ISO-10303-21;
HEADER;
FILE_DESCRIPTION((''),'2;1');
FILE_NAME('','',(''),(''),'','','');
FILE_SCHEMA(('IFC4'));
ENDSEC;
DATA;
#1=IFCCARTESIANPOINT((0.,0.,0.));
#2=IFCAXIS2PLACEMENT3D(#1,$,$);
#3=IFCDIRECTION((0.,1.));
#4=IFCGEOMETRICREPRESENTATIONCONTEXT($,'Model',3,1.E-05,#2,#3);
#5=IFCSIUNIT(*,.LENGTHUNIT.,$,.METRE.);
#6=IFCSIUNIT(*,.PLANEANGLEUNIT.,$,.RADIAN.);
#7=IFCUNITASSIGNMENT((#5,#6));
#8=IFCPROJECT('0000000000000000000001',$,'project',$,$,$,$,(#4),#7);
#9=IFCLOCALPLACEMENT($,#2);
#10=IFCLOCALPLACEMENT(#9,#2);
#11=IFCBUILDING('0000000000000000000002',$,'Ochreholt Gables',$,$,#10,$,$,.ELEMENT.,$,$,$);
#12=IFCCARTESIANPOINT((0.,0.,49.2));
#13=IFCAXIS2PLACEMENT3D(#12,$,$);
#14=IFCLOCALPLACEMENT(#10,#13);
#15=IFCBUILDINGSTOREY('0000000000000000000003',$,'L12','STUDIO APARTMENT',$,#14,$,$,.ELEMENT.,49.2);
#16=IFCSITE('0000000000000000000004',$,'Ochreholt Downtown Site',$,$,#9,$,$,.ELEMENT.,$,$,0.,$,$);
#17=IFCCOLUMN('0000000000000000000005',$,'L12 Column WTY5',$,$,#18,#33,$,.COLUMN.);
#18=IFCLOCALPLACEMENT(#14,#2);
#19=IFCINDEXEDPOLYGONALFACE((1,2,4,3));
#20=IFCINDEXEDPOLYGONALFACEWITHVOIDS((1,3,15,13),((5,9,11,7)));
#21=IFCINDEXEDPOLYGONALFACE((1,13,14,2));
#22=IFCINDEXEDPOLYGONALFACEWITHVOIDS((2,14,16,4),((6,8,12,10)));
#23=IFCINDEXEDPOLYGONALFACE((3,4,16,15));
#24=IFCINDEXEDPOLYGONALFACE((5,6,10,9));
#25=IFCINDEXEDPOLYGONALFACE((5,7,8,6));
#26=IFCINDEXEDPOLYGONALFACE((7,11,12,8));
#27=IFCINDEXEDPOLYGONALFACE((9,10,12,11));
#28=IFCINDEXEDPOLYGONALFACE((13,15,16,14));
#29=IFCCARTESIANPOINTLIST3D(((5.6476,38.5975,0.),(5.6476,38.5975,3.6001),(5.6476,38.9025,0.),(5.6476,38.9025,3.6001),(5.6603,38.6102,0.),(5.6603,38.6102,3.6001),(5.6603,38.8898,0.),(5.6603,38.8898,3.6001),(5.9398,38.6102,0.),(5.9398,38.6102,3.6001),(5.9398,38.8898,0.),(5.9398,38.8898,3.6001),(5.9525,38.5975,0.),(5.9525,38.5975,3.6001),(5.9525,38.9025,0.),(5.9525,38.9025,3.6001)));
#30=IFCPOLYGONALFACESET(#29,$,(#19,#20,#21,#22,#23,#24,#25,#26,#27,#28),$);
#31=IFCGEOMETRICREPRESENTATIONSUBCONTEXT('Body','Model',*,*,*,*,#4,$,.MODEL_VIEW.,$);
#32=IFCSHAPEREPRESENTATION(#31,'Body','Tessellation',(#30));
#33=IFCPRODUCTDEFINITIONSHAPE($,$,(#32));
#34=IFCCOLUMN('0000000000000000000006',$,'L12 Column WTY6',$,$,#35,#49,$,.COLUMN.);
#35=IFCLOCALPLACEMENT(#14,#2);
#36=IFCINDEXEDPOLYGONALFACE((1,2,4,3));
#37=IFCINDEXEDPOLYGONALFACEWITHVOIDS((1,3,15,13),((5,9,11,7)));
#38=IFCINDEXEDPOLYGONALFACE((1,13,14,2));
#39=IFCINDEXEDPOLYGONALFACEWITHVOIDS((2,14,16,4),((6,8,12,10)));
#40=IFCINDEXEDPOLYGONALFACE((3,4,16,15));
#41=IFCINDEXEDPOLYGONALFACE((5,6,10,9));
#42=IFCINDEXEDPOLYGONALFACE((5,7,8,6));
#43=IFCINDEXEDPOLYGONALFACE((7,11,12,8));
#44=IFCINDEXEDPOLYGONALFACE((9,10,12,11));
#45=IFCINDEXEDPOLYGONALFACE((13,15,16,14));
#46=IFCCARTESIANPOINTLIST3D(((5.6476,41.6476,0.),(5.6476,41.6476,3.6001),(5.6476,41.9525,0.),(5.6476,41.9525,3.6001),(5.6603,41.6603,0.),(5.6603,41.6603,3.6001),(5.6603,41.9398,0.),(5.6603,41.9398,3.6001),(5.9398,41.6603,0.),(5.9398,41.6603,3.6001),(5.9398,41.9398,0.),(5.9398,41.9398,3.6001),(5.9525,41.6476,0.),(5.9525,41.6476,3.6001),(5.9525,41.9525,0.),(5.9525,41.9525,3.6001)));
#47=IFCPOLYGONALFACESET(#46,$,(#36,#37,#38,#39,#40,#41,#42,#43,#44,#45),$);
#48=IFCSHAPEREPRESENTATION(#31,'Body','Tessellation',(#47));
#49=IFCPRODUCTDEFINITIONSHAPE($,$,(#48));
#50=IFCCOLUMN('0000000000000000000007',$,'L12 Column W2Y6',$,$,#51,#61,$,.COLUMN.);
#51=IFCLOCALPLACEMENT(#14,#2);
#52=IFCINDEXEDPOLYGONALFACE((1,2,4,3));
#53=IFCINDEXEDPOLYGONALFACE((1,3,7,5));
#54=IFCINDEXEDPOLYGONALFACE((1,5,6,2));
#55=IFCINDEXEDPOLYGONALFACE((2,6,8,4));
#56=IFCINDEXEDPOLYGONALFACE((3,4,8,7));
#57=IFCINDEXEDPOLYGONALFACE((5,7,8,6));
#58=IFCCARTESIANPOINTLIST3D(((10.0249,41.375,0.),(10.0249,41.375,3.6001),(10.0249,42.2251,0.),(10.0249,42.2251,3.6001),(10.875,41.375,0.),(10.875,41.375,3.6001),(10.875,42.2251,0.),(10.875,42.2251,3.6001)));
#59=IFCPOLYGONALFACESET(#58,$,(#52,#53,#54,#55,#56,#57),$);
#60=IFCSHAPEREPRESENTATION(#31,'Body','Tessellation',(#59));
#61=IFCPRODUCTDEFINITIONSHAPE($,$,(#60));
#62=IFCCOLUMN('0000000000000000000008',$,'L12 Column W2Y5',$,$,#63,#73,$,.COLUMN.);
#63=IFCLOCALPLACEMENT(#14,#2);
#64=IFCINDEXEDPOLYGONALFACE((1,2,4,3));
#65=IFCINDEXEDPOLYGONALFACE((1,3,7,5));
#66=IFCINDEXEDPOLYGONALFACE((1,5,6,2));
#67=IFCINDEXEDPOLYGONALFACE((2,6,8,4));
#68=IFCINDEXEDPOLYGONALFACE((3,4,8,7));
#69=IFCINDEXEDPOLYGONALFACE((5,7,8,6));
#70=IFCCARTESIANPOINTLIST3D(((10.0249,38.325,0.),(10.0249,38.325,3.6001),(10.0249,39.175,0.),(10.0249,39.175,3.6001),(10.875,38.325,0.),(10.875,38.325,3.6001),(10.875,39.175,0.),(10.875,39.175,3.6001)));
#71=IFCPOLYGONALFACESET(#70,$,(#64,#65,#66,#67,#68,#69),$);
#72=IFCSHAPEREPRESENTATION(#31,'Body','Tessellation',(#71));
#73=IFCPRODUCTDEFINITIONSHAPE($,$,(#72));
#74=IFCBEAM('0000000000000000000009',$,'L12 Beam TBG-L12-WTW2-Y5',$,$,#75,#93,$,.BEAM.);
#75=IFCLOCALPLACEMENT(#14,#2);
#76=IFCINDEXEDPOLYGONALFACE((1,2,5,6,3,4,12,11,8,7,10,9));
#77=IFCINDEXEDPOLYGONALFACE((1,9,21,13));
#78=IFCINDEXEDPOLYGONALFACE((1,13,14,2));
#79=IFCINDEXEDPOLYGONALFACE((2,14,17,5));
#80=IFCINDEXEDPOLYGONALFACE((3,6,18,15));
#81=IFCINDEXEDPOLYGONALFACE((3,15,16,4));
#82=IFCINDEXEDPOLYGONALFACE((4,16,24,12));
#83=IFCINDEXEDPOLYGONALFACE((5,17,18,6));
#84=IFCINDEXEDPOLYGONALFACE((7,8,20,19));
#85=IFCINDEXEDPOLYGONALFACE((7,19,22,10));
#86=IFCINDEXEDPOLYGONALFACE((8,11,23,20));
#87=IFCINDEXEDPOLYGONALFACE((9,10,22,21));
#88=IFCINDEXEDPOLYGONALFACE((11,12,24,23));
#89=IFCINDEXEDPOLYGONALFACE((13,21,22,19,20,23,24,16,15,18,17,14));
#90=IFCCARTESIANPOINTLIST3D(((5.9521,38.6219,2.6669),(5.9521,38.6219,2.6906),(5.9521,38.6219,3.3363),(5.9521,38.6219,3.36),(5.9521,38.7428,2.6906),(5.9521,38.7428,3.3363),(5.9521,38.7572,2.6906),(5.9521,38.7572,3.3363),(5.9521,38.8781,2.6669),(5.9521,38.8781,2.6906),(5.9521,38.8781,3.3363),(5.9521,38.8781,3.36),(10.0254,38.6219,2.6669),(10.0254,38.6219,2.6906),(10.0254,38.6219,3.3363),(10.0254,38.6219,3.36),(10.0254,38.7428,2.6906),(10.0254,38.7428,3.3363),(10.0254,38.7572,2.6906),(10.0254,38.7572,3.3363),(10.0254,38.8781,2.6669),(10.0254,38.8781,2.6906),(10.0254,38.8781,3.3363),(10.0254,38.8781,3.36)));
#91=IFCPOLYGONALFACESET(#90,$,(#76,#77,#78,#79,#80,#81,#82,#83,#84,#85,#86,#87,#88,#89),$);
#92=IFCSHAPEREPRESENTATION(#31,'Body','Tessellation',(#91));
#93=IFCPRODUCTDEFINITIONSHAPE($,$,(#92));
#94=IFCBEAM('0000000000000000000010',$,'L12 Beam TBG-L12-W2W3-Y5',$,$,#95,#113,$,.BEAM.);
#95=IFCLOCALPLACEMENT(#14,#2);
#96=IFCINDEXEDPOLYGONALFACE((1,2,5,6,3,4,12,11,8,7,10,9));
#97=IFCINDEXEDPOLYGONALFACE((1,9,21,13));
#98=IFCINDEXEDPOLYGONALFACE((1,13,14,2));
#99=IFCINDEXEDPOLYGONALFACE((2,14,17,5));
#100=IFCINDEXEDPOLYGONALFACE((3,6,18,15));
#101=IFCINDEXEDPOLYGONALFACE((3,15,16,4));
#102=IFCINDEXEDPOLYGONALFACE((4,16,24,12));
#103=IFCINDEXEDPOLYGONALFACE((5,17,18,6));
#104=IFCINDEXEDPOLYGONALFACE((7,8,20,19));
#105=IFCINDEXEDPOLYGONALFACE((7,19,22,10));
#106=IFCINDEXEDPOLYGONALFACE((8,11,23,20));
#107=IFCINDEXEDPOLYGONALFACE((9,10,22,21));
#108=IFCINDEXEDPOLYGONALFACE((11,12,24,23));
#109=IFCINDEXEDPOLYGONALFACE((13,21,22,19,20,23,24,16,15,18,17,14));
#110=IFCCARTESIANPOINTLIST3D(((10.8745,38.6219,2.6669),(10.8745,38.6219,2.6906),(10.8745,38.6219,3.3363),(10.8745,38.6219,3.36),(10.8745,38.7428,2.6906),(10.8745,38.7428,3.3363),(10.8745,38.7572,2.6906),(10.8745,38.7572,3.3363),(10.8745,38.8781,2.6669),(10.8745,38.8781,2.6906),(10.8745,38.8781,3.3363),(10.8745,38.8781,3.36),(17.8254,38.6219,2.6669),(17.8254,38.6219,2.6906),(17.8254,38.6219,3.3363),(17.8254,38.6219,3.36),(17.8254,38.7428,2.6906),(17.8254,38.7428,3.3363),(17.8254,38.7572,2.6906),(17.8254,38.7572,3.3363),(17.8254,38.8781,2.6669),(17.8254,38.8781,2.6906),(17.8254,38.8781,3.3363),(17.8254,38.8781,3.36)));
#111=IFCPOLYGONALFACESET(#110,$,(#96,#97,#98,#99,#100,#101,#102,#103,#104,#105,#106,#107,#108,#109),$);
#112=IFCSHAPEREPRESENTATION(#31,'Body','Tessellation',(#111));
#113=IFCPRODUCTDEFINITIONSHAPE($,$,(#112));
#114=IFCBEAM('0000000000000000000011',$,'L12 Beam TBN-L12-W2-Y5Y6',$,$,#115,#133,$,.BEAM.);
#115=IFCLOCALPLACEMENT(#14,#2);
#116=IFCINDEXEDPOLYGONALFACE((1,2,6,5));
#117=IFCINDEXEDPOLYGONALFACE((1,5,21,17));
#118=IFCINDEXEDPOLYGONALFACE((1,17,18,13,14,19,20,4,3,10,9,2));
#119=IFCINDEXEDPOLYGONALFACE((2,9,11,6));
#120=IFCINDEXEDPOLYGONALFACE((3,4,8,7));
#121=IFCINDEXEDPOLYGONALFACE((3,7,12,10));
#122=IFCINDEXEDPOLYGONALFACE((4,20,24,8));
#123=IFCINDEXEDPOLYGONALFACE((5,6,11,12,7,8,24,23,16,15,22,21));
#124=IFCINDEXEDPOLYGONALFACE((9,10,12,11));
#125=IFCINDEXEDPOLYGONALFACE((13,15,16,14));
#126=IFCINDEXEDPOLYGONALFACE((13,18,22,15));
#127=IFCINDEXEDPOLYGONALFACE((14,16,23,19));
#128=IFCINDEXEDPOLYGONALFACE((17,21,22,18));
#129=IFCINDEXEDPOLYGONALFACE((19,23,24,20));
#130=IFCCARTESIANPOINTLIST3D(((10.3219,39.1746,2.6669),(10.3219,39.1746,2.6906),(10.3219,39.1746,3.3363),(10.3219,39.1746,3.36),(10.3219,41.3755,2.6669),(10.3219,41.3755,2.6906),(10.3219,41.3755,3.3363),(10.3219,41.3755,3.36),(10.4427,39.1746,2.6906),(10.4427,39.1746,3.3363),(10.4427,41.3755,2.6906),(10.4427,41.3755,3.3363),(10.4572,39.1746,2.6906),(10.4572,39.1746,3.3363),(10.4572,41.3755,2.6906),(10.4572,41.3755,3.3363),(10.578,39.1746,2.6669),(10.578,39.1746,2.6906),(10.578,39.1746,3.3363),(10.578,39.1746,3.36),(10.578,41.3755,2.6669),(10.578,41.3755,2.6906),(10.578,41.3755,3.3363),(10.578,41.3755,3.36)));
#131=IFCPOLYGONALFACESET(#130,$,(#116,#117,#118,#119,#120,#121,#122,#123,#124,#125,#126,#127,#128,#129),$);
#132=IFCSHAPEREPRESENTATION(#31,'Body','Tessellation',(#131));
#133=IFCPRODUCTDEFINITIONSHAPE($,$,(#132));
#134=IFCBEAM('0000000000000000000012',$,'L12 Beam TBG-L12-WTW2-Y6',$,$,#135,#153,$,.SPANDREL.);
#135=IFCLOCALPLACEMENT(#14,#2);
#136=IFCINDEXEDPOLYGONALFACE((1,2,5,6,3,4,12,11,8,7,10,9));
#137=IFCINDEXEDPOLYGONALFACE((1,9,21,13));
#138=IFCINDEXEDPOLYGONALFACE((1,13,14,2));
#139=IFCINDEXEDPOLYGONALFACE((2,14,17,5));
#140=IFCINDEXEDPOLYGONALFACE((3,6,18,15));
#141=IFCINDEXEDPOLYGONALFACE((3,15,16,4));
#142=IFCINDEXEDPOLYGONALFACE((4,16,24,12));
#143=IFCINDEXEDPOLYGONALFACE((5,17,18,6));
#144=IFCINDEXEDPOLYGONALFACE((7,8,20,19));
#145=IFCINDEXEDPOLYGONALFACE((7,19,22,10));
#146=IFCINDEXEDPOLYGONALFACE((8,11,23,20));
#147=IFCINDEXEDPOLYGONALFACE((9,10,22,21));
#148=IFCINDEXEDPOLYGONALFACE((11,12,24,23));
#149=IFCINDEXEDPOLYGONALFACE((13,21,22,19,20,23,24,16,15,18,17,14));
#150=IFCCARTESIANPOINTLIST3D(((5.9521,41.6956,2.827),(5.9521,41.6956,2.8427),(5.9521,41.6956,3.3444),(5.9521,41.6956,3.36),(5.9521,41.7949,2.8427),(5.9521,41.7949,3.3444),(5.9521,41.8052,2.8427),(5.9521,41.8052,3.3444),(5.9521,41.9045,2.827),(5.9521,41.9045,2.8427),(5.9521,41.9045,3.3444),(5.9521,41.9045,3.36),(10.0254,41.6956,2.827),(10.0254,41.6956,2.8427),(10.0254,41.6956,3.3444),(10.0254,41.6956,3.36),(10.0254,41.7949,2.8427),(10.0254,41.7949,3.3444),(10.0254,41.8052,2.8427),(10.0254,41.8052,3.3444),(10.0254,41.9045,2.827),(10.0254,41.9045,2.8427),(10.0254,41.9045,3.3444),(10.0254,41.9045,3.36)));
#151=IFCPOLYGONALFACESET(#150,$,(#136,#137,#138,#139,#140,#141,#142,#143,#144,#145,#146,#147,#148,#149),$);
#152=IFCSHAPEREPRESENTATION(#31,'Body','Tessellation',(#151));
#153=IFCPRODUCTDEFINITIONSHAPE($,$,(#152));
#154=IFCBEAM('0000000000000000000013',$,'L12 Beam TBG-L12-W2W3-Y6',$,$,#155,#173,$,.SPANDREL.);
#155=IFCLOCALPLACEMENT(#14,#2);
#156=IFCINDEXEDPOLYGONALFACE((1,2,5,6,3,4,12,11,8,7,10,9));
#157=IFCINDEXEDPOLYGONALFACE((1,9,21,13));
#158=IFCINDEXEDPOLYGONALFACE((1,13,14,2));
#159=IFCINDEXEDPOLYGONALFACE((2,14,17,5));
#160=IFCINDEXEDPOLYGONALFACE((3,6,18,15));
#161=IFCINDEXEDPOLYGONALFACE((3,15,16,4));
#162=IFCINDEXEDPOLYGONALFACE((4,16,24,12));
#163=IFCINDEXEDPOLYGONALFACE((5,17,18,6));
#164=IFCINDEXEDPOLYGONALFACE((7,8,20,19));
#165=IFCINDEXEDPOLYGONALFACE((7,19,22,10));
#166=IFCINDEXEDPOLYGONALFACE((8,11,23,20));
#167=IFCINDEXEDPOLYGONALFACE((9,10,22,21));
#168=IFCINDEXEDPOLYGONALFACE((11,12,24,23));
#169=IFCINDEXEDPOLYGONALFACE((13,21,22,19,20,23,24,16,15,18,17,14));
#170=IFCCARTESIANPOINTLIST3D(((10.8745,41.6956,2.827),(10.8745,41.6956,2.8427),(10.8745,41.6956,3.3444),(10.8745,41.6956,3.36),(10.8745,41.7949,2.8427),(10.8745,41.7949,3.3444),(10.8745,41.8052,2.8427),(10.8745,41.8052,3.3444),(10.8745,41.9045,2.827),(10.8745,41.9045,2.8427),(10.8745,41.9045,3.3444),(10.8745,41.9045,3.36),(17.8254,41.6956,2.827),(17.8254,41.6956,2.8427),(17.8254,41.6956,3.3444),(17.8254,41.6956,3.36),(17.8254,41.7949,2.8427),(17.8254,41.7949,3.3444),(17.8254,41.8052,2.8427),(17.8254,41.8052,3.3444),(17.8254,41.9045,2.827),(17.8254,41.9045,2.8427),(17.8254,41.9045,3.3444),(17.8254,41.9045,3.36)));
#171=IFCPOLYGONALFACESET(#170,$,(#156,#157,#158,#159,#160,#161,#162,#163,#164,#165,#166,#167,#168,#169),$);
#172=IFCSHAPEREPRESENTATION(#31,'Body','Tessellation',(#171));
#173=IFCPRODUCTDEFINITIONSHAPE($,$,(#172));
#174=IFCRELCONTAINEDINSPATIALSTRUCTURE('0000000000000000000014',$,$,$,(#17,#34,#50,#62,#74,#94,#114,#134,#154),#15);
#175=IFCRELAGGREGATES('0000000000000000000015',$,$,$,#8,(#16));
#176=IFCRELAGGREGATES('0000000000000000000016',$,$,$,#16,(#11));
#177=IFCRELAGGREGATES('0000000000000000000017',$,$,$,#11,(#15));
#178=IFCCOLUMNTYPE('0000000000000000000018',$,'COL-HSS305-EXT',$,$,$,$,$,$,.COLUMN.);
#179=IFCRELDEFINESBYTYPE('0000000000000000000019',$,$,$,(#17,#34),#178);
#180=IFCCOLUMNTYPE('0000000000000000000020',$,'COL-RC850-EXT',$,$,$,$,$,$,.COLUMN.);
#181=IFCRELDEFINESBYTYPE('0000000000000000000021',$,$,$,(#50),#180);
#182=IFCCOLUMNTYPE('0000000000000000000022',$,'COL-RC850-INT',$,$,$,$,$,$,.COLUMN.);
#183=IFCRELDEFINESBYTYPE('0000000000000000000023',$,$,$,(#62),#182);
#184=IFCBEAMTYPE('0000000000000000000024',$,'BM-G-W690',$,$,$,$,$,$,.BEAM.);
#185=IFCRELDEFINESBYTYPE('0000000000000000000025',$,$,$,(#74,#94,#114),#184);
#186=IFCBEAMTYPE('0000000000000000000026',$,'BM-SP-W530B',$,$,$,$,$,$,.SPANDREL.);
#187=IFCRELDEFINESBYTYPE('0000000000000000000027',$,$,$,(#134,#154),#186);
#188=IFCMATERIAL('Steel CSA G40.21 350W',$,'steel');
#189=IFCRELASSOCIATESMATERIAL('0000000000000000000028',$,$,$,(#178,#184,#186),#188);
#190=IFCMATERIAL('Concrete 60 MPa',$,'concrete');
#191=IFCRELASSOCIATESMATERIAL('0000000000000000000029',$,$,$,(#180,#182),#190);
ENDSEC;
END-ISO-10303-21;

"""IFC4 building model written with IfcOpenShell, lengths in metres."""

from ifc_helpers import new_model, si_unit, direction, frame, origin, origin_2d, place, context, subcontext, project, spatial, rectangle, hollow_rectangle, i_section, extrude, material, material_profile, profile_set, type_object, element, save


model = new_model("IFC4")

# Units and contexts
model_context = context("Model", 3, precision=1e-05, world=origin(), true_north=direction((0.0, 1.0)))
body_context = subcontext(model_context, "Body", "Model", "MODEL_VIEW")
ifc_project = project(units=[si_unit("LENGTHUNIT", "METRE"), si_unit("PLANEANGLEUNIT", "RADIAN")], contexts=[model_context])

# Site, building, storey
site_placement = place(None, origin())
site = spatial("IfcSite", under=ifc_project, at=site_placement, Name="Ochreholt Downtown Site", CompositionType="ELEMENT", RefElevation=0.0)
building_placement = place(site_placement, origin())
building = spatial("IfcBuilding", under=site, at=building_placement, Name="Ochreholt Gables", CompositionType="ELEMENT")
storey_placement = place(building_placement, frame((0.0, 0.0, 49.2)))
storey = spatial("IfcBuildingStorey", under=building, at=storey_placement, Name="L12", Description="STUDIO APARTMENT", CompositionType="ELEMENT", Elevation=49.2)

# Columns
ifc_material_1 = material(Name="Steel CSA G40.21 350W", Category="steel")
ifc_material_profile_1 = material_profile(ifc_material_1, hollow_rectangle(XDim=0.3049, YDim=0.3049, WallThickness=0.0127, at=origin_2d()), Name="HSS305X305X13")
ifc_profile_set_1 = profile_set([ifc_material_profile_1], Name="Steel CSA G40.21 350W")
column_type_1 = type_object("IfcColumnType", Name="COL-HSS305-EXT", PredefinedType="COLUMN", material=ifc_profile_set_1)
for number, where, z_axis, x_axis, name in (
    (1, (5.8, 38.75, 0.0), (0.0, 0.0, 1.0), (1.0, 0.0, 0.0), "L12 Column WTY5"),
    (2, (5.8, 41.8, 0.0), (0.0, 0.0, 1.0), (1.0, 0.0, 0.0), "L12 Column WTY6"),
):
    element("IfcColumn", number, at=place(storey_placement, frame(where, z_axis=z_axis, x_axis=x_axis)), inside=storey, type_object=column_type_1, Name=name, PredefinedType="COLUMN", context=body_context, shape_type="SweptSolid", body=[
        extrude(hollow_rectangle(XDim=0.3049, YDim=0.3049, WallThickness=0.0127, at=origin_2d()), origin(), (0.0, 0.0, 1.0), 3.6001),
    ])
ifc_material_2 = material(Name="Concrete 60 MPa", Category="concrete")
ifc_material_profile_2 = material_profile(ifc_material_2, rectangle(XDim=0.8501, YDim=0.8501, at=origin_2d()), Name="RC850X850")
ifc_profile_set_2 = profile_set([ifc_material_profile_2], Name="Concrete 60 MPa")
column_type_2 = type_object("IfcColumnType", Name="COL-RC850-EXT", PredefinedType="COLUMN", material=ifc_profile_set_2)
column_1_placement = place(storey_placement, frame((10.45, 41.8, 0.0), z_axis=(0.0, 0.0, 1.0), x_axis=(1.0, 0.0, 0.0)))
element("IfcColumn", 3, at=column_1_placement, inside=storey, type_object=column_type_2, Name="L12 Column W2Y6", PredefinedType="COLUMN", context=body_context, shape_type="SweptSolid", body=[
    extrude(rectangle(XDim=0.8501, YDim=0.8501, at=origin_2d()), origin(), (0.0, 0.0, 1.0), 3.6001),
])
ifc_material_profile_3 = material_profile(ifc_material_2, rectangle(XDim=0.8501, YDim=0.8501, at=origin_2d()), Name="RC850X850")
ifc_profile_set_3 = profile_set([ifc_material_profile_3], Name="Concrete 60 MPa")
column_type_3 = type_object("IfcColumnType", Name="COL-RC850-INT", PredefinedType="COLUMN", material=ifc_profile_set_3)
column_2_placement = place(storey_placement, frame((10.45, 38.75, 0.0), z_axis=(0.0, 0.0, 1.0), x_axis=(1.0, 0.0, 0.0)))
element("IfcColumn", 4, at=column_2_placement, inside=storey, type_object=column_type_3, Name="L12 Column W2Y5", PredefinedType="COLUMN", context=body_context, shape_type="SweptSolid", body=[
    extrude(rectangle(XDim=0.8501, YDim=0.8501, at=origin_2d()), origin(), (0.0, 0.0, 1.0), 3.6001),
])

# Beams
ifc_material_profile_4 = material_profile(ifc_material_1, i_section(OverallWidth=0.2561, OverallDepth=0.6931, WebThickness=0.0144, FlangeThickness=0.0237, at=origin_2d()), Name="W690X170")
ifc_profile_set_4 = profile_set([ifc_material_profile_4], Name="Steel CSA G40.21 350W")
beam_type_1 = type_object("IfcBeamType", Name="BM-G-W690", PredefinedType="BEAM", material=ifc_profile_set_4)
beam_1_placement = place(storey_placement, frame((5.9521, 38.75, 3.0134), z_axis=(1.0, 0.0, 0.0), x_axis=(0.0, 1.0, 0.0)))
element("IfcBeam", 5, at=beam_1_placement, inside=storey, type_object=beam_type_1, Name="L12 Beam TBG-L12-WTW2-Y5", PredefinedType="BEAM", context=body_context, shape_type="SweptSolid", body=[
    extrude(i_section(OverallWidth=0.2561, OverallDepth=0.6931, WebThickness=0.0144, FlangeThickness=0.0237, at=origin_2d()), origin(), (0.0, 0.0, 1.0), 4.0732),
])
beam_2_placement = place(storey_placement, frame((10.8745, 38.75, 3.0134), z_axis=(1.0, 0.0, 0.0), x_axis=(0.0, 1.0, 0.0)))
element("IfcBeam", 6, at=beam_2_placement, inside=storey, type_object=beam_type_1, Name="L12 Beam TBG-L12-W2W3-Y5", PredefinedType="BEAM", context=body_context, shape_type="SweptSolid", body=[
    extrude(i_section(OverallWidth=0.2561, OverallDepth=0.6931, WebThickness=0.0144, FlangeThickness=0.0237, at=origin_2d()), origin(), (0.0, 0.0, 1.0), 6.9509),
])
beam_3_placement = place(storey_placement, frame((10.45, 39.1746, 3.0134), z_axis=(0.0, 1.0, 0.0), x_axis=(-1.0, 0.0, 0.0)))
element("IfcBeam", 7, at=beam_3_placement, inside=storey, type_object=beam_type_1, Name="L12 Beam TBN-L12-W2-Y5Y6", PredefinedType="BEAM", context=body_context, shape_type="SweptSolid", body=[
    extrude(i_section(OverallWidth=0.2561, OverallDepth=0.6931, WebThickness=0.0144, FlangeThickness=0.0237, at=origin_2d()), origin(), (0.0, 0.0, 1.0), 2.2009),
])
ifc_material_profile_5 = material_profile(ifc_material_1, i_section(OverallWidth=0.209, OverallDepth=0.533, WebThickness=0.0103, FlangeThickness=0.0156, at=origin_2d()), Name="W530X92")
ifc_profile_set_5 = profile_set([ifc_material_profile_5], Name="Steel CSA G40.21 350W")
beam_type_2 = type_object("IfcBeamType", Name="BM-SP-W530B", PredefinedType="SPANDREL", material=ifc_profile_set_5)
beam_4_placement = place(storey_placement, frame((5.9521, 41.8, 3.0935), z_axis=(1.0, 0.0, 0.0), x_axis=(0.0, 1.0, 0.0)))
element("IfcBeam", 8, at=beam_4_placement, inside=storey, type_object=beam_type_2, Name="L12 Beam TBG-L12-WTW2-Y6", PredefinedType="SPANDREL", context=body_context, shape_type="SweptSolid", body=[
    extrude(i_section(OverallWidth=0.209, OverallDepth=0.533, WebThickness=0.0103, FlangeThickness=0.0156, at=origin_2d()), origin(), (0.0, 0.0, 1.0), 4.0732),
])
beam_5_placement = place(storey_placement, frame((10.8745, 41.8, 3.0935), z_axis=(1.0, 0.0, 0.0), x_axis=(0.0, 1.0, 0.0)))
element("IfcBeam", 9, at=beam_5_placement, inside=storey, type_object=beam_type_2, Name="L12 Beam TBG-L12-W2W3-Y6", PredefinedType="SPANDREL", context=body_context, shape_type="SweptSolid", body=[
    extrude(i_section(OverallWidth=0.209, OverallDepth=0.533, WebThickness=0.0103, FlangeThickness=0.0156, at=origin_2d()), origin(), (0.0, 0.0, 1.0), 6.9509),
])

save(model, "model.ifc")
